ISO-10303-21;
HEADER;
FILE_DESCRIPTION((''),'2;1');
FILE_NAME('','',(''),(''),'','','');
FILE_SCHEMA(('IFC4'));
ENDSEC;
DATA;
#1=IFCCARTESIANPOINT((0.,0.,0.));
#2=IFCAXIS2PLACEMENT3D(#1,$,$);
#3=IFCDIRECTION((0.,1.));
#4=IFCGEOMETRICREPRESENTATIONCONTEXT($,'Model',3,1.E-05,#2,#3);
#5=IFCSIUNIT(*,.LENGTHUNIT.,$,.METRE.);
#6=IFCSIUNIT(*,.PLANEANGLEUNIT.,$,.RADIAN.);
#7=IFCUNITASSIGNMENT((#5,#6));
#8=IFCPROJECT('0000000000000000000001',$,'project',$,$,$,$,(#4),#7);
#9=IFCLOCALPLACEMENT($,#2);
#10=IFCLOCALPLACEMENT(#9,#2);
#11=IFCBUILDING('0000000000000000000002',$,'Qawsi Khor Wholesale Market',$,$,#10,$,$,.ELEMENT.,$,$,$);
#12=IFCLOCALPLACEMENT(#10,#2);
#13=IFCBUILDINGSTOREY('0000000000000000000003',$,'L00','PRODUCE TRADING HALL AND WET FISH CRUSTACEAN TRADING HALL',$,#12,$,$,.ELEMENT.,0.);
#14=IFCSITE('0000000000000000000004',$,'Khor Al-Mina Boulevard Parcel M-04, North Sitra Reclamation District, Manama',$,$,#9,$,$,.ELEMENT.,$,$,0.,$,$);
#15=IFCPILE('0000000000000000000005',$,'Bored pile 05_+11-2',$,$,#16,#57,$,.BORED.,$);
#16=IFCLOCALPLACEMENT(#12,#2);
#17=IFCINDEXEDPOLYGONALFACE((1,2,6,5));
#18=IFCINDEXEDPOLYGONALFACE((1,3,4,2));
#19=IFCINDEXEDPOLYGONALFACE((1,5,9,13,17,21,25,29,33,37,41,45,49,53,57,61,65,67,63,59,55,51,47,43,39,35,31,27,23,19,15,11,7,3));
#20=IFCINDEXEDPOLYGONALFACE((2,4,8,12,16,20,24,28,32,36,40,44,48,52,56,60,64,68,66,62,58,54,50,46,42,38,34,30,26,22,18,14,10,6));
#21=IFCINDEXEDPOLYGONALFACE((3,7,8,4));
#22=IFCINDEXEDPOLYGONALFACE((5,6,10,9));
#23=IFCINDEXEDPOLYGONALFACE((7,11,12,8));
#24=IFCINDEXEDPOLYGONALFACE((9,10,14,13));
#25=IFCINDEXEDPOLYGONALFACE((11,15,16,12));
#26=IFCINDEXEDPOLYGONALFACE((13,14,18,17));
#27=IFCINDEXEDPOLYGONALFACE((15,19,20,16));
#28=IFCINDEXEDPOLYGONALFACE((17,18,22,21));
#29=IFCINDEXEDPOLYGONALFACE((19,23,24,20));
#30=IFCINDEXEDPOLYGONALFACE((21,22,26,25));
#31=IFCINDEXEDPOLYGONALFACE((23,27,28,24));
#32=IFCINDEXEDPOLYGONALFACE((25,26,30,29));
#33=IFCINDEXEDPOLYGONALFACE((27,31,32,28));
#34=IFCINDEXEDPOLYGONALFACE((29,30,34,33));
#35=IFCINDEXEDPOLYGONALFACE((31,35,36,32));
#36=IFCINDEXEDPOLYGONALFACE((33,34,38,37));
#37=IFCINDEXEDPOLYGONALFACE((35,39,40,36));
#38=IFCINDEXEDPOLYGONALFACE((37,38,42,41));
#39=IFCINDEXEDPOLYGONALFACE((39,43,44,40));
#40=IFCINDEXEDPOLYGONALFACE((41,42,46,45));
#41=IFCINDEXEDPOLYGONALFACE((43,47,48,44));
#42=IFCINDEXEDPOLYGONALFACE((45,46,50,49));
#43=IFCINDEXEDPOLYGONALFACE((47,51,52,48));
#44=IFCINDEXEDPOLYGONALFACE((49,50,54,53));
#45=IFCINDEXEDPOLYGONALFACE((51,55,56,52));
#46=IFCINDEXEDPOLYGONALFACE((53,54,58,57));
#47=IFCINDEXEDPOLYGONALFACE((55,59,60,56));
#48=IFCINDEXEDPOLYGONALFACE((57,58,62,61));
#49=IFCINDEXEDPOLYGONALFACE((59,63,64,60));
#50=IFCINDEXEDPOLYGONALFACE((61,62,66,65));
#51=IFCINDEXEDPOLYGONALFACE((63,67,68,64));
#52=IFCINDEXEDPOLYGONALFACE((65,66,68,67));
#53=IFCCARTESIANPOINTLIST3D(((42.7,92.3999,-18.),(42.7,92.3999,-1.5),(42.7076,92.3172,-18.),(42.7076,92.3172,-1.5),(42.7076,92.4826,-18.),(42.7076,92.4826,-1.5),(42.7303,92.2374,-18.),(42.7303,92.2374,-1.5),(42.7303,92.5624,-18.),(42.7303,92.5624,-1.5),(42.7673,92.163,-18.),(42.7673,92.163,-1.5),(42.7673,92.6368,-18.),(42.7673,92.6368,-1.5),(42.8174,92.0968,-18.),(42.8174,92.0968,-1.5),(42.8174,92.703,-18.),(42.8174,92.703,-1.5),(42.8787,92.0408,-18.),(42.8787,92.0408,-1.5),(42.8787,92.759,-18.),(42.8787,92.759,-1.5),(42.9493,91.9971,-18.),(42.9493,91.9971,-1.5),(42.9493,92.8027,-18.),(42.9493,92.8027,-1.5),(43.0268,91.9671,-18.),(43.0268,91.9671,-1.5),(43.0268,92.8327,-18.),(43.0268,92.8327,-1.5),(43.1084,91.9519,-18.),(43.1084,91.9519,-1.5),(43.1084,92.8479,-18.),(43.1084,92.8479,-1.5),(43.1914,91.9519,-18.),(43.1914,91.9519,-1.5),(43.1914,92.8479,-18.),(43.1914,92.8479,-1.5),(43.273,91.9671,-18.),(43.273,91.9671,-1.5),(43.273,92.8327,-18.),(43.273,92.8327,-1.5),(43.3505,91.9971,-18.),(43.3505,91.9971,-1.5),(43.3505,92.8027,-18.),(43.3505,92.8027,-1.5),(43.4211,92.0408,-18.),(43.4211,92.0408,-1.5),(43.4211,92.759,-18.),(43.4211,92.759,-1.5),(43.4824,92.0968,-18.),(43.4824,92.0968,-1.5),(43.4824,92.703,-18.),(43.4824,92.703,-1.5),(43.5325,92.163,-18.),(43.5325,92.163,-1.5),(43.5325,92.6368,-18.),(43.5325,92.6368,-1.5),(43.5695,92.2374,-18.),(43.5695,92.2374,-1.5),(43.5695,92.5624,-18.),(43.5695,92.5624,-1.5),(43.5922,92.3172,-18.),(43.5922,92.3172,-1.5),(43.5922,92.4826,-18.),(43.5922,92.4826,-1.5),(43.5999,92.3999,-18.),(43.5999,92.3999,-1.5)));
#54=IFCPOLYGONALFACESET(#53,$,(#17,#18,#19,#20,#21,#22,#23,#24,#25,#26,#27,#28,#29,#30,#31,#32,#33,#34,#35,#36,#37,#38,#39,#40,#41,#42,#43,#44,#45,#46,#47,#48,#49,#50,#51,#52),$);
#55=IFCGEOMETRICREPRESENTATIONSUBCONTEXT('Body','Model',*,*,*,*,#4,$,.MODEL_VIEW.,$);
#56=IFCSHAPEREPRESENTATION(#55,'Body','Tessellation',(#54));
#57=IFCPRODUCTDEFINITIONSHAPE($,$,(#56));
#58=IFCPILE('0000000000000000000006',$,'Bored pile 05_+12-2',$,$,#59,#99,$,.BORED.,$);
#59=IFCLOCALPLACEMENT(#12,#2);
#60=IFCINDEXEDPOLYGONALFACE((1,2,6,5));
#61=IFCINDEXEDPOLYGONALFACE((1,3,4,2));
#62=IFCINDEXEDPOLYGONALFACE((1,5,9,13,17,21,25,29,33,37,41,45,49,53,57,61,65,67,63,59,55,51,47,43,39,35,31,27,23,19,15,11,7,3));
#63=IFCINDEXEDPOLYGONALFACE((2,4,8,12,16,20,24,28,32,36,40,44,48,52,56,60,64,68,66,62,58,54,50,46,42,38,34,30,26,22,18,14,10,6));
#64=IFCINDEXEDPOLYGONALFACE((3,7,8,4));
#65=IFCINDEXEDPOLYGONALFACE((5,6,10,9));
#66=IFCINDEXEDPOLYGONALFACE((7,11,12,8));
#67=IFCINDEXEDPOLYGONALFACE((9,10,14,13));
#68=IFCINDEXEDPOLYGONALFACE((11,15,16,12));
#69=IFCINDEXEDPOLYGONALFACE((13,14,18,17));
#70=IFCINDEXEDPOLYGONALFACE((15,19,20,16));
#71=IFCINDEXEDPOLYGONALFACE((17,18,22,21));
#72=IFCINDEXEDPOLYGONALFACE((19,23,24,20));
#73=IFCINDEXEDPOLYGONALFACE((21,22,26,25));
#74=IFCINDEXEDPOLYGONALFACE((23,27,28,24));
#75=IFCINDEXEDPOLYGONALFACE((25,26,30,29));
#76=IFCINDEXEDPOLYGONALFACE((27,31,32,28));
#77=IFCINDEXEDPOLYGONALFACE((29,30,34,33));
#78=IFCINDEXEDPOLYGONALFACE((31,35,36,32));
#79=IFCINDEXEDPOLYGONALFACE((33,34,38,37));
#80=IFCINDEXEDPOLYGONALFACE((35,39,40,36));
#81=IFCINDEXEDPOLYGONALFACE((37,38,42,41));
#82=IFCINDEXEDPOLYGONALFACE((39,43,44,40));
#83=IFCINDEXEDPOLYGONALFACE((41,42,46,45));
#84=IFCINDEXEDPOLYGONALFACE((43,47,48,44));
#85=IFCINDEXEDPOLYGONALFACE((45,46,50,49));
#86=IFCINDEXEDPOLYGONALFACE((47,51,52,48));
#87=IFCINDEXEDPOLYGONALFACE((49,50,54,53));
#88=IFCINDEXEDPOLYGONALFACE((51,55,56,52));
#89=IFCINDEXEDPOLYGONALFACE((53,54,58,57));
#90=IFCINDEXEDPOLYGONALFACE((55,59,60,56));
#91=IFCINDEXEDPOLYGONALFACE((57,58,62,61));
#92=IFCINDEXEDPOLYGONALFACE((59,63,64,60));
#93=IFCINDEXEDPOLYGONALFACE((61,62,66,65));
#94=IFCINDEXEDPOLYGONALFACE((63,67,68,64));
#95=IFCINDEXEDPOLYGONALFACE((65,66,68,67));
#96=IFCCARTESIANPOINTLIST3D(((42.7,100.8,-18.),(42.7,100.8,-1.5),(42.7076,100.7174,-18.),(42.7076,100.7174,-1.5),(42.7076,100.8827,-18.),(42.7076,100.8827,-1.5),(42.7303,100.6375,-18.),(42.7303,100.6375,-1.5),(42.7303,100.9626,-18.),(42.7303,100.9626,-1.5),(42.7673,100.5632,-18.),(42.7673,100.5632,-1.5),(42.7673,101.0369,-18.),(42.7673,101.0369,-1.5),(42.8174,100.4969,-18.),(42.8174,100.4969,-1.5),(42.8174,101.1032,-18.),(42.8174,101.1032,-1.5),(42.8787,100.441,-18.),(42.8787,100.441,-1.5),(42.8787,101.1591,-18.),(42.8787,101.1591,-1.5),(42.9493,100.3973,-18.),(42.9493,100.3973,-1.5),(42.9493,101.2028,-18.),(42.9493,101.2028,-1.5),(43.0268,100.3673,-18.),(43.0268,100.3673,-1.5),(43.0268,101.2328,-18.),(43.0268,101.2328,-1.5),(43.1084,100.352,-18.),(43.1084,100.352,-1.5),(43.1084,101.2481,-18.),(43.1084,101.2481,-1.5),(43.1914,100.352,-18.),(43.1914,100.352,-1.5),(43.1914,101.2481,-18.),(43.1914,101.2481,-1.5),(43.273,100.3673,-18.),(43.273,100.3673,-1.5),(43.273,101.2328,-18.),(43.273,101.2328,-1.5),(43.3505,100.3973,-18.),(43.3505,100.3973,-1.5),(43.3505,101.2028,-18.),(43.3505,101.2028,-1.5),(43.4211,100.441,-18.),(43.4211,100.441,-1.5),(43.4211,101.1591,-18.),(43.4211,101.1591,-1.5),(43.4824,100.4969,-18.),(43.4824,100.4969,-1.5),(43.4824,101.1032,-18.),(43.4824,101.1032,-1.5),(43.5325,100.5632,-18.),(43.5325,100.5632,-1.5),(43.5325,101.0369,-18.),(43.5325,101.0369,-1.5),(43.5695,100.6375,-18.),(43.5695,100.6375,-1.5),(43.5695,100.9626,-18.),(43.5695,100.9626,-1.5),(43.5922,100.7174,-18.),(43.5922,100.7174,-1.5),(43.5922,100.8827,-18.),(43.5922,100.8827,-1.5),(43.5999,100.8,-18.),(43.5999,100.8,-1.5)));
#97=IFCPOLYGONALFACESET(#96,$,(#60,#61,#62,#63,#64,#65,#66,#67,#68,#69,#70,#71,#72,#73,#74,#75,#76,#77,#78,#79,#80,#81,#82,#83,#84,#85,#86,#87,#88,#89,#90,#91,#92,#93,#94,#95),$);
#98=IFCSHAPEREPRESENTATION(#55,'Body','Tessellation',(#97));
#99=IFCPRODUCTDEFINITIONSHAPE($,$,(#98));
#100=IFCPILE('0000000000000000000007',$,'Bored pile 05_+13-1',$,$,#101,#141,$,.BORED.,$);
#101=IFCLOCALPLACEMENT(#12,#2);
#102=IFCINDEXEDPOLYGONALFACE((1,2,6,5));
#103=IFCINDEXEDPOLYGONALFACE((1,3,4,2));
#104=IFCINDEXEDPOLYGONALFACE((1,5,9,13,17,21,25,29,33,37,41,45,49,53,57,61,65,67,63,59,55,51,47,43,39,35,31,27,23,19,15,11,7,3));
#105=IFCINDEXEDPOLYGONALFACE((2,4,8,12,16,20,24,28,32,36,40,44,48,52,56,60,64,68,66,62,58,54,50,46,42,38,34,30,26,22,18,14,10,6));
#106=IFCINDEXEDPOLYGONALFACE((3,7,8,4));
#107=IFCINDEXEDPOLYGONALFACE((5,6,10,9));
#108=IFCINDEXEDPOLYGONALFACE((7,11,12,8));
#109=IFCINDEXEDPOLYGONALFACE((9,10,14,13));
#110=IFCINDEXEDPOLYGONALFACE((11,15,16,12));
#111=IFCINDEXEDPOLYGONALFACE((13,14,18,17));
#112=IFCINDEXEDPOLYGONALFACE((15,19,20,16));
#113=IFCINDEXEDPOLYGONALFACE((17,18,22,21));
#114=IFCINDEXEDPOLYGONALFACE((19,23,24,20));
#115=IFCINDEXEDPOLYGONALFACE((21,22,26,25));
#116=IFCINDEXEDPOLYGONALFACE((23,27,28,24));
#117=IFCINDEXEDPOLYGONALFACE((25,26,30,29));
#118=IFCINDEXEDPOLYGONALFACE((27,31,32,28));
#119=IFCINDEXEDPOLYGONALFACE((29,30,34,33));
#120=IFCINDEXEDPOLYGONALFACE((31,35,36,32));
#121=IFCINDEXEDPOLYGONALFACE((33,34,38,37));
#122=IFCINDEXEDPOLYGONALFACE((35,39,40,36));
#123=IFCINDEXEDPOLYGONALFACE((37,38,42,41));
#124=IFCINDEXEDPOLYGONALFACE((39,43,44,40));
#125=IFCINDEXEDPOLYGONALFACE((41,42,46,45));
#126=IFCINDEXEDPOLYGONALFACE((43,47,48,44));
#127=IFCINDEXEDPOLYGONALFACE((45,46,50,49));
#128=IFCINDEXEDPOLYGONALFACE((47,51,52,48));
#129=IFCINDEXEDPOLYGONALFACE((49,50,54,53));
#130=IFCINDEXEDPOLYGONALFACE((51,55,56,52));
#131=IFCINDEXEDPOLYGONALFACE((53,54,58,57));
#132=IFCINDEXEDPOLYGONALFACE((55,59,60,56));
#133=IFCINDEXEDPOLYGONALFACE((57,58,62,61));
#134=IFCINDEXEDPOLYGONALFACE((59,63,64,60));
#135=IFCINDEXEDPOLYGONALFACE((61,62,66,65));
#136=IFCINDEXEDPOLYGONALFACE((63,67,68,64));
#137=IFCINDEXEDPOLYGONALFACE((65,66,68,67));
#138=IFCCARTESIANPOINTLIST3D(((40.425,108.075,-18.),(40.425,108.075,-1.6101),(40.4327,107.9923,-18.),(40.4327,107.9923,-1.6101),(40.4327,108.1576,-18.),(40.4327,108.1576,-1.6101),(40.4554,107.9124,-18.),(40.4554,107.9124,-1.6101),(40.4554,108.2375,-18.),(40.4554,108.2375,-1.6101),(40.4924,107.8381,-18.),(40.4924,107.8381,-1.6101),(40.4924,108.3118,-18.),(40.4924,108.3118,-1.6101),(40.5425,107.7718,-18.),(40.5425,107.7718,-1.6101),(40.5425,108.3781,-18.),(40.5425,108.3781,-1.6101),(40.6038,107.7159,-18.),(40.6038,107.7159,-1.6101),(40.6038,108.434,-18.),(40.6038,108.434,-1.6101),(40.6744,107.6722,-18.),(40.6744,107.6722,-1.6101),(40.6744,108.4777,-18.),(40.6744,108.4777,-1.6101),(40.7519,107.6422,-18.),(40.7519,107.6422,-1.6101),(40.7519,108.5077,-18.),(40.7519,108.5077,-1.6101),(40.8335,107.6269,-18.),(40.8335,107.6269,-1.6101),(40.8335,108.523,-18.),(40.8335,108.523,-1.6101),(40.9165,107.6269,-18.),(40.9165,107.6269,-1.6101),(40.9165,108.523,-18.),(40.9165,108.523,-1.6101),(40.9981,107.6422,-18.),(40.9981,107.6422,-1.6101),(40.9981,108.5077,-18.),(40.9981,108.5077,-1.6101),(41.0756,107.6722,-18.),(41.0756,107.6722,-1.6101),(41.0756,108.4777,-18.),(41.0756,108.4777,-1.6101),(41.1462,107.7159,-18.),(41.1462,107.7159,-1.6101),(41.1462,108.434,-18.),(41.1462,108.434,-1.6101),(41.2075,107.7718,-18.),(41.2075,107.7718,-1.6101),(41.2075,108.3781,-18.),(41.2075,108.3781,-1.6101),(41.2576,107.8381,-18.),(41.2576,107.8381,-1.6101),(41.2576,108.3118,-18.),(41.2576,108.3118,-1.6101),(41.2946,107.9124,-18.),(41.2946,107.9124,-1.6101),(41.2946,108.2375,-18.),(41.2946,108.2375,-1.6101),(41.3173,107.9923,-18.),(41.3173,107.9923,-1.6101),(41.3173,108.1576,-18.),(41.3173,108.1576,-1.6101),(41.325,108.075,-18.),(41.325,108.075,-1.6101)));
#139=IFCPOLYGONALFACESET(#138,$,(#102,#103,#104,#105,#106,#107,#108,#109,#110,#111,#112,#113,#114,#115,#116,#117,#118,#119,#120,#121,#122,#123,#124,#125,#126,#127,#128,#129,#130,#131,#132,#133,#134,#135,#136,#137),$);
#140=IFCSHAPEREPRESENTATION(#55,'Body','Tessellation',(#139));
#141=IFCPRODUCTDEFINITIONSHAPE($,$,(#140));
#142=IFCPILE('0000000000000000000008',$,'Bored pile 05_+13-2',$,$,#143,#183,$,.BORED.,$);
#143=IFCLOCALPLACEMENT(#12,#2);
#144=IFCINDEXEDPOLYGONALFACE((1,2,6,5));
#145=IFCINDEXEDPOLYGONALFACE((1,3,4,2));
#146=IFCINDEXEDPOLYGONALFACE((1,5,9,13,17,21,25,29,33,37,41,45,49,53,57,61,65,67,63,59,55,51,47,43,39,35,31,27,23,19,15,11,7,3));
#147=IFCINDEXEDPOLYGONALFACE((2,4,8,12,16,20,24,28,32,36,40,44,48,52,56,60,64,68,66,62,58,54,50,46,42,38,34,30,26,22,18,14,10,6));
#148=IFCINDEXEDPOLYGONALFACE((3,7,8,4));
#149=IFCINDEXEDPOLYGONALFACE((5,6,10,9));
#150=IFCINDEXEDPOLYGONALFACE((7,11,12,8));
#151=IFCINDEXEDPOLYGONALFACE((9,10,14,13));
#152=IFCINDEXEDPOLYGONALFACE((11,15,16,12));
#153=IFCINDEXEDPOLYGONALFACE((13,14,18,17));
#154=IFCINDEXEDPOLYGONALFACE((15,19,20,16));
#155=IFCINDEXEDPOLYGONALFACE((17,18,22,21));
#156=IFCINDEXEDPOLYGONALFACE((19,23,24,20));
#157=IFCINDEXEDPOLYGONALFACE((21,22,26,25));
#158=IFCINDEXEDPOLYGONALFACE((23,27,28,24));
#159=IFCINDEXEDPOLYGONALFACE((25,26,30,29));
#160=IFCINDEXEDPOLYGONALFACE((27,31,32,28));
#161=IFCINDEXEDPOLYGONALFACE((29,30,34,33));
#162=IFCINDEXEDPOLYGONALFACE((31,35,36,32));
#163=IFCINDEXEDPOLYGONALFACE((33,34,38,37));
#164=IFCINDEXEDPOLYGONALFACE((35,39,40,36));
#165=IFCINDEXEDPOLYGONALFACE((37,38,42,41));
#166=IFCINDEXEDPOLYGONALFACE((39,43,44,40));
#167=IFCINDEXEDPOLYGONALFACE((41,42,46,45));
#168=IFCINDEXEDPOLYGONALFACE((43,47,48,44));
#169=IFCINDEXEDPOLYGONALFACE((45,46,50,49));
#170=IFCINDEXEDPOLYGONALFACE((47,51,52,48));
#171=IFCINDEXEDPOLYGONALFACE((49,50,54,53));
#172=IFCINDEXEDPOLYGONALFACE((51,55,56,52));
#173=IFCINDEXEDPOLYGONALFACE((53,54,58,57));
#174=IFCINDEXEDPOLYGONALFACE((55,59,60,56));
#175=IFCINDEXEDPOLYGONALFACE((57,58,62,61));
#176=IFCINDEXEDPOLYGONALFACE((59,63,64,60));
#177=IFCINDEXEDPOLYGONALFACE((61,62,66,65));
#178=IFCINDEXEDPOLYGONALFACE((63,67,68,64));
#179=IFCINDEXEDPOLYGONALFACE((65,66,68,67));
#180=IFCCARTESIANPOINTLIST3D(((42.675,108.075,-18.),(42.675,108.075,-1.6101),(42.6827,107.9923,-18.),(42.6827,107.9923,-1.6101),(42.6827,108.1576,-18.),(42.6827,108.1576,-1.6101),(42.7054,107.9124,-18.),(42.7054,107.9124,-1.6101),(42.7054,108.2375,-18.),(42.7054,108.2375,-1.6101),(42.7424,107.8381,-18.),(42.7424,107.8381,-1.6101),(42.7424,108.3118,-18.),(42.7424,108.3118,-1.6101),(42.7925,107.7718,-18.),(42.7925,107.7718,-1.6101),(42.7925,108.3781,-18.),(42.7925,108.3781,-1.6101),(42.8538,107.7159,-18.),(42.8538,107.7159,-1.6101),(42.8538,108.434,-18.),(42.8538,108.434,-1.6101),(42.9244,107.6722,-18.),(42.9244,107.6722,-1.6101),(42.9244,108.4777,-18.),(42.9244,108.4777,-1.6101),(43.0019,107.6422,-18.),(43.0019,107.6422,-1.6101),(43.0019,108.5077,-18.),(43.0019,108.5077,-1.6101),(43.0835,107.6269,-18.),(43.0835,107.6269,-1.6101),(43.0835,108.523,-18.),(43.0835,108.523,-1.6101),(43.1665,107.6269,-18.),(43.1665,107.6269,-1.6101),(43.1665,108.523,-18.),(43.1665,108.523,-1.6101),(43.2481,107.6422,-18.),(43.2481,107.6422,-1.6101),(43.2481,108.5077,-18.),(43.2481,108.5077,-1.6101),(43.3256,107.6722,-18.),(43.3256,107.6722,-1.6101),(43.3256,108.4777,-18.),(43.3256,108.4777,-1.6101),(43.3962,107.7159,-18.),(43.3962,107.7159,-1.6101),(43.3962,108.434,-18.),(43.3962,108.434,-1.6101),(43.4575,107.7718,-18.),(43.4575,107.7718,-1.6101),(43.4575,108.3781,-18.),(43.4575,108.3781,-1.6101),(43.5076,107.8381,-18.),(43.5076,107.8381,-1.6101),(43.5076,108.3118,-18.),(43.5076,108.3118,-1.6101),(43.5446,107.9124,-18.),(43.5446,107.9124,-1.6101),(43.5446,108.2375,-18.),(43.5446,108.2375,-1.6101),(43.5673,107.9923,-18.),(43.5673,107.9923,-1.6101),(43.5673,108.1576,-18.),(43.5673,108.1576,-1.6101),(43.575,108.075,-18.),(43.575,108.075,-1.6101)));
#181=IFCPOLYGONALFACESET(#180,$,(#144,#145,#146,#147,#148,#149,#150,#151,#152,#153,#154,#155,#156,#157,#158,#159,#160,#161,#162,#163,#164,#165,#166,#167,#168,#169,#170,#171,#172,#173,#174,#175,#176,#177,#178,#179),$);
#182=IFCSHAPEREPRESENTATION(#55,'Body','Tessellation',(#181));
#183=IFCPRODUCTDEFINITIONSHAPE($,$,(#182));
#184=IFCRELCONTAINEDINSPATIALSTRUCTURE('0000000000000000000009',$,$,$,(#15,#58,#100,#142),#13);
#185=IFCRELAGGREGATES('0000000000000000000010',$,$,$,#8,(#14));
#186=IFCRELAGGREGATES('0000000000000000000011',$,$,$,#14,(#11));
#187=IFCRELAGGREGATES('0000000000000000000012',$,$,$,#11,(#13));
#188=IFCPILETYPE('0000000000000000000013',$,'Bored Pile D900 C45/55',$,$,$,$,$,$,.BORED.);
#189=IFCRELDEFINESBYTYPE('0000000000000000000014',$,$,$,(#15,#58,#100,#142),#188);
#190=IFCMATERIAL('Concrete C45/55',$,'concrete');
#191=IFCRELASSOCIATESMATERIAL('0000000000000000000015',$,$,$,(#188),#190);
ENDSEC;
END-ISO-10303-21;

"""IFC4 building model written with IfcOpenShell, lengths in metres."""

from ifc_helpers import new_model, si_unit, direction, frame, origin, origin_2d, place, context, subcontext, project, spatial, circle, extrude, material, material_profile, profile_set, type_object, element, save


model = new_model("IFC4")

# Units and contexts
model_context = context("Model", 3, precision=1e-05, world=origin(), true_north=direction((0.0, 1.0)))
body_context = subcontext(model_context, "Body", "Model", "MODEL_VIEW")
ifc_project = project(units=[si_unit("LENGTHUNIT", "METRE"), si_unit("PLANEANGLEUNIT", "RADIAN")], contexts=[model_context])

# Site, building, storey
site_placement = place(None, origin())
site = spatial("IfcSite", under=ifc_project, at=site_placement, Name="Khor Al-Mina Boulevard Parcel M-04, North Sitra Reclamation District, Manama", CompositionType="ELEMENT", RefElevation=0.0)
building_placement = place(site_placement, origin())
building = spatial("IfcBuilding", under=site, at=building_placement, Name="Qawsi Khor Wholesale Market", CompositionType="ELEMENT")
storey_placement = place(building_placement, origin())
storey = spatial("IfcBuildingStorey", under=building, at=storey_placement, Name="L00", Description="PRODUCE TRADING HALL AND WET FISH CRUSTACEAN TRADING HALL", CompositionType="ELEMENT", Elevation=0.0)

# Piles
ifc_material_1 = material(Name="Concrete C45/55", Category="concrete")
ifc_material_profile_1 = material_profile(ifc_material_1, circle(Radius=0.45, at=origin_2d()), Name="PILE D900")
ifc_profile_set_1 = profile_set([ifc_material_profile_1], Name="Concrete C45/55")
pile_type = type_object("IfcPileType", Name="Bored Pile D900 C45/55", PredefinedType="BORED", material=ifc_profile_set_1)
for number, where, z_axis, x_axis, name in (
    (1, (43.1499, 92.3999, -1.5), (0.0, 0.0, -1.0), (1.0, 0.0, 0.0), "Bored pile 05_+11-2"),
    (2, (43.1499, 100.8, -1.5), (0.0, 0.0, -1.0), (1.0, 0.0, 0.0), "Bored pile 05_+12-2"),
):
    element("IfcPile", number, at=place(storey_placement, frame(where, z_axis=z_axis, x_axis=x_axis)), inside=storey, type_object=pile_type, Name=name, PredefinedType="BORED", context=body_context, shape_type="SweptSolid", body=[
        extrude(circle(Radius=0.45, at=origin_2d()), origin(), (0.0, 0.0, 1.0), 16.5),
    ])
for number, where, z_axis, x_axis, name in (
    (3, (40.875, 108.075, -1.6101), (0.0, 0.0, -1.0), (1.0, 0.0, 0.0), "Bored pile 05_+13-1"),
    (4, (43.125, 108.075, -1.6101), (0.0, 0.0, -1.0), (1.0, 0.0, 0.0), "Bored pile 05_+13-2"),
):
    element("IfcPile", number, at=place(storey_placement, frame(where, z_axis=z_axis, x_axis=x_axis)), inside=storey, type_object=pile_type, Name=name, PredefinedType="BORED", context=body_context, shape_type="SweptSolid", body=[
        extrude(circle(Radius=0.45, at=origin_2d()), origin(), (0.0, 0.0, 1.0), 16.3899),
    ])

save(model, "model.ifc")
